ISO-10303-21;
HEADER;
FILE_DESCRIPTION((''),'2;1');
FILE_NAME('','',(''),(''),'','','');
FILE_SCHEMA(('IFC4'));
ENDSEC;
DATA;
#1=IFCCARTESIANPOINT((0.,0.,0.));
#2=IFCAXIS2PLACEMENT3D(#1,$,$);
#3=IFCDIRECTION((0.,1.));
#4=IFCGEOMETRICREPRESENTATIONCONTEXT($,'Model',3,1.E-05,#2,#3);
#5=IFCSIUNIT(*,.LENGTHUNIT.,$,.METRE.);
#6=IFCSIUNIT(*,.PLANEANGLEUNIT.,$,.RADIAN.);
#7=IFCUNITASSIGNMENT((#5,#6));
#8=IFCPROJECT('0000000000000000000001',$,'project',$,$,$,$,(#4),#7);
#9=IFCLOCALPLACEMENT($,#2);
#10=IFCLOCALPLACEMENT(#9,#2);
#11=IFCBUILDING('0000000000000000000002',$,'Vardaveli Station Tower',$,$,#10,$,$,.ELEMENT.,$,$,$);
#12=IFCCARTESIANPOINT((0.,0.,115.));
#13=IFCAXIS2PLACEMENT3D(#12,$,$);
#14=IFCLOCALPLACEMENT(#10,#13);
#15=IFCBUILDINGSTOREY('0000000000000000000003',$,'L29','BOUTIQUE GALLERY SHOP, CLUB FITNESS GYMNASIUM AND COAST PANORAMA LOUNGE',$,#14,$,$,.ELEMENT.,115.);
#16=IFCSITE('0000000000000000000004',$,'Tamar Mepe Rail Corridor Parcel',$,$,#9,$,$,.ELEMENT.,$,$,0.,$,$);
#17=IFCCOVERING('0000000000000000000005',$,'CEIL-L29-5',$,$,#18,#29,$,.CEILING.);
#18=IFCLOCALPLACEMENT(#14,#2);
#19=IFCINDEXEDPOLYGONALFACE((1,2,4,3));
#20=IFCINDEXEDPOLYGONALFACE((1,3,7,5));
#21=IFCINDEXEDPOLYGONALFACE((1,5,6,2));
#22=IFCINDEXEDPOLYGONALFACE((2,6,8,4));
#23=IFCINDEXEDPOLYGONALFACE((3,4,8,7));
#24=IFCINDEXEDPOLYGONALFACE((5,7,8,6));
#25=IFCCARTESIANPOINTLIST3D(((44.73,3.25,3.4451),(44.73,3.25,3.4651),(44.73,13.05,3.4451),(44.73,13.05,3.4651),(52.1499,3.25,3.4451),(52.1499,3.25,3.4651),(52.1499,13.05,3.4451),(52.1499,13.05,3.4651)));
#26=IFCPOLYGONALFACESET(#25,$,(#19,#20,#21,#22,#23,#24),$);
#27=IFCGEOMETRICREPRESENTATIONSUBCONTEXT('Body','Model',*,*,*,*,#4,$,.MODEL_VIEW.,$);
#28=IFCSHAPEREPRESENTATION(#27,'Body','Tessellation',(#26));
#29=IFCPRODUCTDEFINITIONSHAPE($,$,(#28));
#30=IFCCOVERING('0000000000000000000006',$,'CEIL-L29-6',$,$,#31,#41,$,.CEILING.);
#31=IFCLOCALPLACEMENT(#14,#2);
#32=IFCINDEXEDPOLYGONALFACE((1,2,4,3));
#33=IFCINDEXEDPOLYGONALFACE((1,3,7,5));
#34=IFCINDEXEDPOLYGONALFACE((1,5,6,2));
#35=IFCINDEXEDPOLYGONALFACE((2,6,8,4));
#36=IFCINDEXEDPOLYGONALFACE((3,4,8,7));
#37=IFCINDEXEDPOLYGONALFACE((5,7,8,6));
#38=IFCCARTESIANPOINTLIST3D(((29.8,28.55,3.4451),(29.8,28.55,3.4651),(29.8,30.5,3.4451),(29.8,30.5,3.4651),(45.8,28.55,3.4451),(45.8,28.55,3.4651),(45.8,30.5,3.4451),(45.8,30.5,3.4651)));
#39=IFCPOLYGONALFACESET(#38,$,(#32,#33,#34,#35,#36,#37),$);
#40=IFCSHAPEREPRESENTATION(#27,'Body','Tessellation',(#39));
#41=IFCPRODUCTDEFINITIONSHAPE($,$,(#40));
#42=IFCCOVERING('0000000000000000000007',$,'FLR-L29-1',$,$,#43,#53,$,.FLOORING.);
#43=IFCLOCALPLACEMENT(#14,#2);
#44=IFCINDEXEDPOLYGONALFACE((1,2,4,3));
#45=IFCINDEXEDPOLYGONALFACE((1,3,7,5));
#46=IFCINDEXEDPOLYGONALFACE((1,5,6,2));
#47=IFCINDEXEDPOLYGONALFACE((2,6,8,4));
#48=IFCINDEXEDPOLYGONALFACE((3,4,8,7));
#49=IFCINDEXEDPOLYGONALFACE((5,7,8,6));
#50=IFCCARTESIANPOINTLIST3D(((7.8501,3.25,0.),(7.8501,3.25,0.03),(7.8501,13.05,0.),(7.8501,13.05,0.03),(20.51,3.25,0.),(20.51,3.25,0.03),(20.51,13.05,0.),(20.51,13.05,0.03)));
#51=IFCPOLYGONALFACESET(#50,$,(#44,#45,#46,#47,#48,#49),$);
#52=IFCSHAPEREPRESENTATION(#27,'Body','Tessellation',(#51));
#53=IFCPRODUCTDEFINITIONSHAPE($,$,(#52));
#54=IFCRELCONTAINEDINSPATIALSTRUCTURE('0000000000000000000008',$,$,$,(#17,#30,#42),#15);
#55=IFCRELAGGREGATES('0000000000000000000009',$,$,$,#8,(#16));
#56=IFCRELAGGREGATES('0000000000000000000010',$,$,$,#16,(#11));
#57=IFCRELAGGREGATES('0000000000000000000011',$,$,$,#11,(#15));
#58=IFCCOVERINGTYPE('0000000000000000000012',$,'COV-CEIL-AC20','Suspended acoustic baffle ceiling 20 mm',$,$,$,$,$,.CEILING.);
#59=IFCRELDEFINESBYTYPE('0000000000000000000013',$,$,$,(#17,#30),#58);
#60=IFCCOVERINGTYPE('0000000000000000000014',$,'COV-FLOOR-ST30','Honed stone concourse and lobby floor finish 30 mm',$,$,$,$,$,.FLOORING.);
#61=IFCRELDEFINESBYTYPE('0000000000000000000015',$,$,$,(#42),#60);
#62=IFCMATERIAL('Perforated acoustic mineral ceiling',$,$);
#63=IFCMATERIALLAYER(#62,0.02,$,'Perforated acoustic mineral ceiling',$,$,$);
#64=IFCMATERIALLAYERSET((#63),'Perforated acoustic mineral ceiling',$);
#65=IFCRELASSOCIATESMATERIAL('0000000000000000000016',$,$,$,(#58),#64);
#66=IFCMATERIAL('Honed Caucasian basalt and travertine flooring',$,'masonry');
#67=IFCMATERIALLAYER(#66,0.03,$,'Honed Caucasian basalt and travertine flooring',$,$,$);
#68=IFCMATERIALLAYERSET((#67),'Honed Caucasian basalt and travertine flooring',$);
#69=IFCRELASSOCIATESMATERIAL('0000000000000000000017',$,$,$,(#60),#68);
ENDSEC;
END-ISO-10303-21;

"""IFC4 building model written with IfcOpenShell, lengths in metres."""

from ifc_helpers import new_model, si_unit, direction, frame, origin, place, context, subcontext, project, spatial, polyline, outline, extrude, material, layer, layer_set, type_object, element, save


model = new_model("IFC4")

# Units and contexts
model_context = context("Model", 3, precision=1e-05, world=origin(), true_north=direction((0.0, 1.0)))
body_context = subcontext(model_context, "Body", "Model", "MODEL_VIEW")
ifc_project = project(units=[si_unit("LENGTHUNIT", "METRE"), si_unit("PLANEANGLEUNIT", "RADIAN")], contexts=[model_context])

# Site, building, storey
site_placement = place(None, origin())
site = spatial("IfcSite", under=ifc_project, at=site_placement, Name="Tamar Mepe Rail Corridor Parcel", CompositionType="ELEMENT", RefElevation=0.0)
building_placement = place(site_placement, origin())
building = spatial("IfcBuilding", under=site, at=building_placement, Name="Vardaveli Station Tower", CompositionType="ELEMENT")
storey_placement = place(building_placement, frame((0.0, 0.0, 115.0)))
storey = spatial("IfcBuildingStorey", under=building, at=storey_placement, Name="L29", Description="BOUTIQUE GALLERY SHOP, CLUB FITNESS GYMNASIUM AND COAST PANORAMA LOUNGE", CompositionType="ELEMENT", Elevation=115.0)

# Coverings
ifc_material_1 = material(Name="Perforated acoustic mineral ceiling")
ifc_layer_1 = layer(ifc_material_1, 0.02, Name="Perforated acoustic mineral ceiling")
ifc_layer_set_1 = layer_set([ifc_layer_1], Name="Perforated acoustic mineral ceiling")
covering_type_1 = type_object("IfcCoveringType", Name="COV-CEIL-AC20", Description="Suspended acoustic baffle ceiling 20 mm", PredefinedType="CEILING", material=ifc_layer_set_1)
covering_1_placement = place(storey_placement, frame((0.0, 0.0, 3.4451)))
element("IfcCovering", 1, at=covering_1_placement, inside=storey, type_object=covering_type_1, Name="CEIL-L29-5", PredefinedType="CEILING", context=body_context, shape_type="SweptSolid", body=[
    extrude(outline(polyline([(44.73, 3.25), (52.1499, 3.25), (52.1499, 13.05), (44.73, 13.05), (44.73, 3.25)])), origin(), (0.0, 0.0, 1.0), 0.02),
])
covering_2_placement = place(storey_placement, frame((0.0, 0.0, 3.4451)))
element("IfcCovering", 2, at=covering_2_placement, inside=storey, type_object=covering_type_1, Name="CEIL-L29-6", PredefinedType="CEILING", context=body_context, shape_type="SweptSolid", body=[
    extrude(outline(polyline([(29.8, 28.55), (45.8, 28.55), (45.8, 30.5), (29.8, 30.5), (29.8, 28.55)])), origin(), (0.0, 0.0, 1.0), 0.02),
])
ifc_material_2 = material(Name="Honed Caucasian basalt and travertine flooring", Category="masonry")
ifc_layer_2 = layer(ifc_material_2, 0.03, Name="Honed Caucasian basalt and travertine flooring")
ifc_layer_set_2 = layer_set([ifc_layer_2], Name="Honed Caucasian basalt and travertine flooring")
covering_type_2 = type_object("IfcCoveringType", Name="COV-FLOOR-ST30", Description="Honed stone concourse and lobby floor finish 30 mm", PredefinedType="FLOORING", material=ifc_layer_set_2)
covering_3_placement = place(storey_placement, origin())
element("IfcCovering", 3, at=covering_3_placement, inside=storey, type_object=covering_type_2, Name="FLR-L29-1", PredefinedType="FLOORING", context=body_context, shape_type="SweptSolid", body=[
    extrude(outline(polyline([(7.8501, 3.25), (20.51, 3.25), (20.51, 13.05), (7.8501, 13.05), (7.8501, 3.25)])), origin(), (0.0, 0.0, 1.0), 0.03),
])

save(model, "model.ifc")
